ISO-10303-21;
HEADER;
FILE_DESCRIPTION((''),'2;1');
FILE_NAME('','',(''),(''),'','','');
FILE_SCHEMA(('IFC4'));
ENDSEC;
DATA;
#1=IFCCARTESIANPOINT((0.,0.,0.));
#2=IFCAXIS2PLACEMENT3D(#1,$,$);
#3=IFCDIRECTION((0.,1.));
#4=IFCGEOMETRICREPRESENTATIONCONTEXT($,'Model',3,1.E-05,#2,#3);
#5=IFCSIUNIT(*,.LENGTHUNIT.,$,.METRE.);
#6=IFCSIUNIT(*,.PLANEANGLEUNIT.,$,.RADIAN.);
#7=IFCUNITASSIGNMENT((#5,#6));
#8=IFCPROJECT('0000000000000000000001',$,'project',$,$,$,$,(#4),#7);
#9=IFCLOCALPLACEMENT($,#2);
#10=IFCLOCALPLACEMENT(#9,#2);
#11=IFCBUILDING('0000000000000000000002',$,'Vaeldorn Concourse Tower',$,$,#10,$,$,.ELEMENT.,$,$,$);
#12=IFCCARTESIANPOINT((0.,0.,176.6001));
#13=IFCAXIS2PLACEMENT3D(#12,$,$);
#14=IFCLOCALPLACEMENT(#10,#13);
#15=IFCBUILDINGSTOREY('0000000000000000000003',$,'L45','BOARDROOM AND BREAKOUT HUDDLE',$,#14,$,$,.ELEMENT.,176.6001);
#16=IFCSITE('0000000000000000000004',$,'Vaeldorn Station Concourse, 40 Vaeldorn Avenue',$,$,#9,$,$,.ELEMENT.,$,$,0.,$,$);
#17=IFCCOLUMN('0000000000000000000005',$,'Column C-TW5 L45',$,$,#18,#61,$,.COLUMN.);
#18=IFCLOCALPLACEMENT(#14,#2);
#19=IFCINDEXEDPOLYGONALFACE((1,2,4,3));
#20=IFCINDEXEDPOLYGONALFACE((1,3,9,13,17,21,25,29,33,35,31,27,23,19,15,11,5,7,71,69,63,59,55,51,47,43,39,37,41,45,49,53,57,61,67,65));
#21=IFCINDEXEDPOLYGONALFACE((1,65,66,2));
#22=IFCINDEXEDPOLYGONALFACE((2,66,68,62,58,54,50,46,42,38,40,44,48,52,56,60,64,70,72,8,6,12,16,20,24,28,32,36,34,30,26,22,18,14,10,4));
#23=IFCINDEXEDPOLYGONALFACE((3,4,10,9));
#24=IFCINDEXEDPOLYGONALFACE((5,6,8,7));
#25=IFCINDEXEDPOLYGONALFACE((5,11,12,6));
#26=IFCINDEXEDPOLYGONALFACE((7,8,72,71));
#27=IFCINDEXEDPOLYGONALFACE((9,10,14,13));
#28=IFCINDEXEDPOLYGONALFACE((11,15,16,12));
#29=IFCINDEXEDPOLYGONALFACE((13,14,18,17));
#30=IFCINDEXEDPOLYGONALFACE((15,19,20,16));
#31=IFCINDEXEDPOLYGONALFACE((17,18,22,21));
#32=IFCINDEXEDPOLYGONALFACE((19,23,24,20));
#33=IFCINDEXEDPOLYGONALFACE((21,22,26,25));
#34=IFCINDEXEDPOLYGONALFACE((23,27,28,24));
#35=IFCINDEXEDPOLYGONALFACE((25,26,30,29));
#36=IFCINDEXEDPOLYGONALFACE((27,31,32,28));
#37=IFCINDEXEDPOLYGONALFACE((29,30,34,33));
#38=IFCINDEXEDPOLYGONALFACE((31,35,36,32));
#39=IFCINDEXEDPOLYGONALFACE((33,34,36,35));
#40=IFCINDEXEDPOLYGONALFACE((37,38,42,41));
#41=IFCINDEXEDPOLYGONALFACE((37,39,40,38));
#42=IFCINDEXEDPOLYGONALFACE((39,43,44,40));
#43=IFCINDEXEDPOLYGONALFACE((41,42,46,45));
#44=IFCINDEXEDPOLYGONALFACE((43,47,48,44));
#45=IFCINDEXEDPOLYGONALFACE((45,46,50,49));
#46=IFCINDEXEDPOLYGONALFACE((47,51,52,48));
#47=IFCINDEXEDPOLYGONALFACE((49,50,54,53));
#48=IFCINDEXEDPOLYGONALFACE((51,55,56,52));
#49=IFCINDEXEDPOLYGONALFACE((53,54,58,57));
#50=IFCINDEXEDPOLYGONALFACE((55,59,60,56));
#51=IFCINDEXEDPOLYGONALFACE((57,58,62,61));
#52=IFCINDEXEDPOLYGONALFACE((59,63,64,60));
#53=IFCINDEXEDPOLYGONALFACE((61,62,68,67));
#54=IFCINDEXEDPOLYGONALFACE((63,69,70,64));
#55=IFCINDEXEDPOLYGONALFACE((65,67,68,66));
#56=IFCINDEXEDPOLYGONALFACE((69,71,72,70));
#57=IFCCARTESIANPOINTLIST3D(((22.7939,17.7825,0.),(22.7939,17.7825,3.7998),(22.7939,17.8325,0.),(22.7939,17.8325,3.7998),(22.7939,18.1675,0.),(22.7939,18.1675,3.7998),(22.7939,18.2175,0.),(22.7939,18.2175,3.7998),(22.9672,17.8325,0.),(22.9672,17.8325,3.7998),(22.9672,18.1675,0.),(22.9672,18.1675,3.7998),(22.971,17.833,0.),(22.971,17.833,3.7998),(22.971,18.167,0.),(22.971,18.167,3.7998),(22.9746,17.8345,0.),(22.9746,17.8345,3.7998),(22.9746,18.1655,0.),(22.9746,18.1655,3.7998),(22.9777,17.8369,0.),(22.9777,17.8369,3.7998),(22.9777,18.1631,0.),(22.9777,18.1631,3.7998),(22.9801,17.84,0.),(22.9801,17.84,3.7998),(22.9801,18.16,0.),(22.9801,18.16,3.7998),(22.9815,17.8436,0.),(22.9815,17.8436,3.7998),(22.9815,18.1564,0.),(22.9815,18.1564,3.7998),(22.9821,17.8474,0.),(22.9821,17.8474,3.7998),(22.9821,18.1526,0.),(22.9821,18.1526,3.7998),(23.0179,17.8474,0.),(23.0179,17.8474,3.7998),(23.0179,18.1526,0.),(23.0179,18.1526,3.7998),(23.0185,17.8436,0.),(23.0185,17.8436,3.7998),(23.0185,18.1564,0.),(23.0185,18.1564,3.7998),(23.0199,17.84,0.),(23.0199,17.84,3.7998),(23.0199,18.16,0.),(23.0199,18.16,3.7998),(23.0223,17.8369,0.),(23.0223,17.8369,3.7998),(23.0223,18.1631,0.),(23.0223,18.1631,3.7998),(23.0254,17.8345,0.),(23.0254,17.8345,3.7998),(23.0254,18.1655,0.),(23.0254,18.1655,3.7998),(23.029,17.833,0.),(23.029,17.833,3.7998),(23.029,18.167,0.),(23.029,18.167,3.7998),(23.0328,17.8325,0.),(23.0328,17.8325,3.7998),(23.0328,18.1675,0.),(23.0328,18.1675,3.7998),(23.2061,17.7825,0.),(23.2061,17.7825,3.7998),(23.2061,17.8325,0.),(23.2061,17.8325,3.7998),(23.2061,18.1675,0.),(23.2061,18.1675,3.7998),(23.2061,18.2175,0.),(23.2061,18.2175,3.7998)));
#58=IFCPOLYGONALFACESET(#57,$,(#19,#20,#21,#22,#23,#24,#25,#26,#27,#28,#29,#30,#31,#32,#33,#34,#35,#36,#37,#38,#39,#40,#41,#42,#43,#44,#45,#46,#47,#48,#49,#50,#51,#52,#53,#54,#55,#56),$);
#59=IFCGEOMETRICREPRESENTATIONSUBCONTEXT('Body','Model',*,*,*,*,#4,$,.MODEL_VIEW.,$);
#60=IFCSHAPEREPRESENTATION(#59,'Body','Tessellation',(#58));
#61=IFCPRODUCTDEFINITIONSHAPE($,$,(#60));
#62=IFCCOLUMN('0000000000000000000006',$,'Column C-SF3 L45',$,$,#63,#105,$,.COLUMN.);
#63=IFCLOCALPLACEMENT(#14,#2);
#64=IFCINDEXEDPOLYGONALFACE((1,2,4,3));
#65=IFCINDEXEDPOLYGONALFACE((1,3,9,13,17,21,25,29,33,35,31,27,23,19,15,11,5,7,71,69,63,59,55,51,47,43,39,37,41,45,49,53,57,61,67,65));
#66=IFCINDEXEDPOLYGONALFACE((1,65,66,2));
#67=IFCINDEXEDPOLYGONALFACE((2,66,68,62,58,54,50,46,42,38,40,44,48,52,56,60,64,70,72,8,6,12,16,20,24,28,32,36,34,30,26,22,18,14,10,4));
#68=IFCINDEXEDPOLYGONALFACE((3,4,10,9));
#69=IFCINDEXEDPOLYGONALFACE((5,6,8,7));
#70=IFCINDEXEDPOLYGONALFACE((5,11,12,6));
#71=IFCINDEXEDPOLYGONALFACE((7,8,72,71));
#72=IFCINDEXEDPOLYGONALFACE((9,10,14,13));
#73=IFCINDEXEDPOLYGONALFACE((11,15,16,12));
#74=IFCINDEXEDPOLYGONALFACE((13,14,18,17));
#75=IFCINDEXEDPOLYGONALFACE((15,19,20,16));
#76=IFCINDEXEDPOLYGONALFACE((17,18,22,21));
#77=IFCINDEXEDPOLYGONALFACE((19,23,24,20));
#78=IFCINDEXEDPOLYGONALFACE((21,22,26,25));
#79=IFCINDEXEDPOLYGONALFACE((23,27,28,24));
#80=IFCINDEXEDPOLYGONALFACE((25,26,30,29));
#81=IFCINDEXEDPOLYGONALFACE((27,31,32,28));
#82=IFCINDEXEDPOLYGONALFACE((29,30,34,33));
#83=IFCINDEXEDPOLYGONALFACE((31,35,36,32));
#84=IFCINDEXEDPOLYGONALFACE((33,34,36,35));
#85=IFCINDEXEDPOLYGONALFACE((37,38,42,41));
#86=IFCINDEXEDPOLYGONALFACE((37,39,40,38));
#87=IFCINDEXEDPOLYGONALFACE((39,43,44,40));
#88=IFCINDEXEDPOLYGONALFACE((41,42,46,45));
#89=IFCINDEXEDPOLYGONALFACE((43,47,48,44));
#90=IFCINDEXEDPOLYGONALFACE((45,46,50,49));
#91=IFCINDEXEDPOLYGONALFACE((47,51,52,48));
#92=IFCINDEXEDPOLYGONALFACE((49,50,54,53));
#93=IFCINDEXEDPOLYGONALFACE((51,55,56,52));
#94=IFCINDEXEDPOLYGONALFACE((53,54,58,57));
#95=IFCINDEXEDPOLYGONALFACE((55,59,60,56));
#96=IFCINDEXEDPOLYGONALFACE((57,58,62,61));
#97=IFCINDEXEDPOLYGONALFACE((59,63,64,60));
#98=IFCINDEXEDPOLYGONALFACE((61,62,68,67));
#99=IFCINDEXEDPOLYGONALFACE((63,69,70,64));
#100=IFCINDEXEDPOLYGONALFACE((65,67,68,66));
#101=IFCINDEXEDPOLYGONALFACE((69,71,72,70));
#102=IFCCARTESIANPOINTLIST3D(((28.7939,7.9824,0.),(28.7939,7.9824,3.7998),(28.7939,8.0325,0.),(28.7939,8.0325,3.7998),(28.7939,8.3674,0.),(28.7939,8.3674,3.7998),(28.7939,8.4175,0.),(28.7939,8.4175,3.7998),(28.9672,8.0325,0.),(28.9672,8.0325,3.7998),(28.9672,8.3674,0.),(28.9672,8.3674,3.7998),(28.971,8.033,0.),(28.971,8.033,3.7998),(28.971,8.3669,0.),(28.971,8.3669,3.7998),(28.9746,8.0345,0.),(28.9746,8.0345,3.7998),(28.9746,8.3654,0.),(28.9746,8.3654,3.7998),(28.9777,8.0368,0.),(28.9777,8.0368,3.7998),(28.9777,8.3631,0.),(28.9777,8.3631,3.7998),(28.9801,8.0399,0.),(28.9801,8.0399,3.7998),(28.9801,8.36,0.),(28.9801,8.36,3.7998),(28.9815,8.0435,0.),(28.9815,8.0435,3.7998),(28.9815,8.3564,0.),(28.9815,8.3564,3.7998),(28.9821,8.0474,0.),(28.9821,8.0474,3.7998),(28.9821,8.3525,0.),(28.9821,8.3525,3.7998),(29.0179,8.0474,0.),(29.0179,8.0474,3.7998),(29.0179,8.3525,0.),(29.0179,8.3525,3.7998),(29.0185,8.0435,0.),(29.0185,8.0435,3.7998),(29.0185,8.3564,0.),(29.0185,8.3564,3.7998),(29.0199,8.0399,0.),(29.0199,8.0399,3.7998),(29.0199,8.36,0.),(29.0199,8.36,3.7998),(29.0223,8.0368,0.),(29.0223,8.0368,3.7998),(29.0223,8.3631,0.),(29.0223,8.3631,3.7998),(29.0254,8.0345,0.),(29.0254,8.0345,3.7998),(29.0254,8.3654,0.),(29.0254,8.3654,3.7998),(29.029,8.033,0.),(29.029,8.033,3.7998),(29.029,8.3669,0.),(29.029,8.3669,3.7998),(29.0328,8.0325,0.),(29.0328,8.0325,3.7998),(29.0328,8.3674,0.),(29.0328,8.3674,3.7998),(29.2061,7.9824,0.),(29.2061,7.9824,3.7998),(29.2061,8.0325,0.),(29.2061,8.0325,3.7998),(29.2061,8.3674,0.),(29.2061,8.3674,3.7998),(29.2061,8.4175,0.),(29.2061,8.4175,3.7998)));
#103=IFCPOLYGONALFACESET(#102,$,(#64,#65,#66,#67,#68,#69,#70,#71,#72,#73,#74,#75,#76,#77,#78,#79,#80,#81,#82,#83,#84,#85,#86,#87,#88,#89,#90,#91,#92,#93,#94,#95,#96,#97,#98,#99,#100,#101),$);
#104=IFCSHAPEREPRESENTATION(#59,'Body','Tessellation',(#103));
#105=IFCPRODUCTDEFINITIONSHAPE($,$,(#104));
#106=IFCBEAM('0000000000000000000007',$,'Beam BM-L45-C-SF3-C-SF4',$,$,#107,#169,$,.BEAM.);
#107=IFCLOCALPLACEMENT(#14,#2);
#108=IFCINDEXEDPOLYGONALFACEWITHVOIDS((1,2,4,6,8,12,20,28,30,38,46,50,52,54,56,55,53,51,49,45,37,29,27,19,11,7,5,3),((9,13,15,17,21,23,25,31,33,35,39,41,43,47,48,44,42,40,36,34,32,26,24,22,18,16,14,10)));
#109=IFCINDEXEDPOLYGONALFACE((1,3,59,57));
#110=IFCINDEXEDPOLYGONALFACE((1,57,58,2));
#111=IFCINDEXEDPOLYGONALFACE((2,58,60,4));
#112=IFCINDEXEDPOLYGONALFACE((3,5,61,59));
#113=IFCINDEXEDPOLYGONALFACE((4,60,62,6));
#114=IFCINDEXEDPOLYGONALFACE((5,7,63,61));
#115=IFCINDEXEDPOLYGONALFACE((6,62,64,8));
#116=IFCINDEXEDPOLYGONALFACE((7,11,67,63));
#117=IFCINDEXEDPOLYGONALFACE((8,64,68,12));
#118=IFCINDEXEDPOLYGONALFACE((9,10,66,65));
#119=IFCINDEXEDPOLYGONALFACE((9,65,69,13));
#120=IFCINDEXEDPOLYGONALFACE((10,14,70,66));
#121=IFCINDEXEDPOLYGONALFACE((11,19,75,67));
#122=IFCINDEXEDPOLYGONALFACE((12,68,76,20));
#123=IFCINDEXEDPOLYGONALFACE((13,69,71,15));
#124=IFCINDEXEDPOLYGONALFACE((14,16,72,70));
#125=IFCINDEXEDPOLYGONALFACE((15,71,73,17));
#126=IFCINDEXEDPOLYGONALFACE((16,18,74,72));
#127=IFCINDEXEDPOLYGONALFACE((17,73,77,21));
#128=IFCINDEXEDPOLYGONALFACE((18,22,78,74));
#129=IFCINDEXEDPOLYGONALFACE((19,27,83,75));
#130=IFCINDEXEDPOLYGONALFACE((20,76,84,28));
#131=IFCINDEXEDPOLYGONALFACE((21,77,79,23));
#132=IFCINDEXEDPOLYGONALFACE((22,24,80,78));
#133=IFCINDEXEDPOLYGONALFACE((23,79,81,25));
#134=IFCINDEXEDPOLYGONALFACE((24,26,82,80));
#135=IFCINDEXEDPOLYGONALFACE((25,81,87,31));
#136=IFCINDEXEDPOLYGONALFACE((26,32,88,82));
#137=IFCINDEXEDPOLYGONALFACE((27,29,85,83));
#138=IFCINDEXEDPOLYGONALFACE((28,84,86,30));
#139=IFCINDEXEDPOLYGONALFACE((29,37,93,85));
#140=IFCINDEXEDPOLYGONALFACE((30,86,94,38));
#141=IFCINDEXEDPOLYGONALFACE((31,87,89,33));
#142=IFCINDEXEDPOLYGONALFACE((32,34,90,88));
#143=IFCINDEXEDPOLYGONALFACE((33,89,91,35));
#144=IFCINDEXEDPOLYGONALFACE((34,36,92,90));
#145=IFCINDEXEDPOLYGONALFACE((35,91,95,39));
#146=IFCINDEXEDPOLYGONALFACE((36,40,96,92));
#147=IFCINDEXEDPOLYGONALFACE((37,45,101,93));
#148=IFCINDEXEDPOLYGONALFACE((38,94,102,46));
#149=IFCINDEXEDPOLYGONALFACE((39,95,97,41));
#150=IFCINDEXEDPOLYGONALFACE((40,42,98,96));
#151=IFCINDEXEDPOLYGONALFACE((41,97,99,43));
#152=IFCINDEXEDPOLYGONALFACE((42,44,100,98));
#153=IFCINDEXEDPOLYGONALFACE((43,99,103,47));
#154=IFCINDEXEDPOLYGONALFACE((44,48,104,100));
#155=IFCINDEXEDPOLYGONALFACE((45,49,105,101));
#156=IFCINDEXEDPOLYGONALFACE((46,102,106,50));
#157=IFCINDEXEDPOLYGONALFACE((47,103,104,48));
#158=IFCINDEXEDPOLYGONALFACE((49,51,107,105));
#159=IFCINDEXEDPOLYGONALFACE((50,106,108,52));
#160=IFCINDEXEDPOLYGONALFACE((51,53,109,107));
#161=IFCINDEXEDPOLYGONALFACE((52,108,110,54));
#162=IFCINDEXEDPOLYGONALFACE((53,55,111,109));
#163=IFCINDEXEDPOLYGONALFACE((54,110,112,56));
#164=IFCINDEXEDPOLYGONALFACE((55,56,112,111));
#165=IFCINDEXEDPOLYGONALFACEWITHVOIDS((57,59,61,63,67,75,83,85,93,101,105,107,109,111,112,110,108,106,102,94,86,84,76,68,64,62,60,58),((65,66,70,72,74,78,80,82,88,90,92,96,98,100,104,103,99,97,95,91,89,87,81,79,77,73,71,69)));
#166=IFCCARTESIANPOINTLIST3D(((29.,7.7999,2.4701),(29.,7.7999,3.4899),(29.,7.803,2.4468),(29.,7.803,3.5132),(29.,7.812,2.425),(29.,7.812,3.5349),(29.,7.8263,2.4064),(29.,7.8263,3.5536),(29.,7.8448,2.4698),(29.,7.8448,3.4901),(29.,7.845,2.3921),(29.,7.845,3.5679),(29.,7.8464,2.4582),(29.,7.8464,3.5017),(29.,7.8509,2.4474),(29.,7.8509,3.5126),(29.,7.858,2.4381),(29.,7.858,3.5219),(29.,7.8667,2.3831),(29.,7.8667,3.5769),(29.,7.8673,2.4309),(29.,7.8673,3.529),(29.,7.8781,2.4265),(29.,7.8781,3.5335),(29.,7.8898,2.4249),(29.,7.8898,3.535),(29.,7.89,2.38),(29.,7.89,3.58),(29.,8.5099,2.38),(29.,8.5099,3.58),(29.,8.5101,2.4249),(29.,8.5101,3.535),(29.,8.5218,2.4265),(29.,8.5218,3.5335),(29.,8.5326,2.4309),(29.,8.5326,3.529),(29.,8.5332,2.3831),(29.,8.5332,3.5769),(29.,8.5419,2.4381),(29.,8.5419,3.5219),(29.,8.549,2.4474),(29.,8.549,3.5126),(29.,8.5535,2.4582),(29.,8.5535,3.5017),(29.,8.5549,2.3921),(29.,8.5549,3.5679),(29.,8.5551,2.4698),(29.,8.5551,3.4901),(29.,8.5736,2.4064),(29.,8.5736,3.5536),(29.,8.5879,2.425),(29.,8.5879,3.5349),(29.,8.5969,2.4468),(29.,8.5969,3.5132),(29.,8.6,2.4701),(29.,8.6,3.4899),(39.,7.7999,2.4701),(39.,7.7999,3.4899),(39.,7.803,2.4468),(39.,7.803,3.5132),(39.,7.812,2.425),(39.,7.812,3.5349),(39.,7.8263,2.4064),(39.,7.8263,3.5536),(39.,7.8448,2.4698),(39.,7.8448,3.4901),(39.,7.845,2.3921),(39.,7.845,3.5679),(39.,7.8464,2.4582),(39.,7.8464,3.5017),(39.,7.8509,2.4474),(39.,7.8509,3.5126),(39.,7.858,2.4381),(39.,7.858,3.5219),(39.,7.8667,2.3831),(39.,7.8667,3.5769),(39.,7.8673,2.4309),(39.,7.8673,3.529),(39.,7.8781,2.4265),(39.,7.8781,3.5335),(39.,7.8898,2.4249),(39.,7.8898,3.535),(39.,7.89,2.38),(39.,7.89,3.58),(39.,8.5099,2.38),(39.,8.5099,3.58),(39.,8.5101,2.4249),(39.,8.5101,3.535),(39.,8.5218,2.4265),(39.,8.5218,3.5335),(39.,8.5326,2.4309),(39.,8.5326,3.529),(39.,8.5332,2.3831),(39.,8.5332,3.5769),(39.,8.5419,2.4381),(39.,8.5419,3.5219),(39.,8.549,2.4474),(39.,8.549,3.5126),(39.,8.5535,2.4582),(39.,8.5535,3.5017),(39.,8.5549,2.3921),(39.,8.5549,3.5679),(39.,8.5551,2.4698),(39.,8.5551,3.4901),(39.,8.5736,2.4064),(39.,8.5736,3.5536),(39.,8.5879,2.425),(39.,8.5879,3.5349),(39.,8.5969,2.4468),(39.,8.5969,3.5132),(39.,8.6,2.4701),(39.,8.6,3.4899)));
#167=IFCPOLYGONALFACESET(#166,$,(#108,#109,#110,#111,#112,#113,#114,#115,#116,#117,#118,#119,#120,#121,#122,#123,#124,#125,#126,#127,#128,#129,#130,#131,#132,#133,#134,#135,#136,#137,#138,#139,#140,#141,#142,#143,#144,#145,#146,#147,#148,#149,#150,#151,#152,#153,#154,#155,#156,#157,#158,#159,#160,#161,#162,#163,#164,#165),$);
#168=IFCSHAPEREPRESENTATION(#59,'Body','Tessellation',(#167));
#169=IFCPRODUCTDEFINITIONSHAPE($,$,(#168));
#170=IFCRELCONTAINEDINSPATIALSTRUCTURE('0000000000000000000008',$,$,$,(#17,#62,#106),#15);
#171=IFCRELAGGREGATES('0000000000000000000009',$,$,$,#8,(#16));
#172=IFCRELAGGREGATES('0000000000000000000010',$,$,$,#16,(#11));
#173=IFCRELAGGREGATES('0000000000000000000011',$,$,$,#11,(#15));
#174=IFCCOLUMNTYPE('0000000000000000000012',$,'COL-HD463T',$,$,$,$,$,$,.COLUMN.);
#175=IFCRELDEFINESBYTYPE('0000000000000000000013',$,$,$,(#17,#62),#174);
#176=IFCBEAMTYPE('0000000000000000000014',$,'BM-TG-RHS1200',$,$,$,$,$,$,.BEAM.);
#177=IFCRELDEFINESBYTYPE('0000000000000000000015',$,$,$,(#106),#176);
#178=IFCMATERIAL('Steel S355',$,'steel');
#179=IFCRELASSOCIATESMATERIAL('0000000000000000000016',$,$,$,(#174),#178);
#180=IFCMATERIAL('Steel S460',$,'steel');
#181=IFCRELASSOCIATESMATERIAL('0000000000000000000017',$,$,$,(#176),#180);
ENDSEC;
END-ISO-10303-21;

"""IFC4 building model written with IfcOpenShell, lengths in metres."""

from ifc_helpers import new_model, si_unit, direction, frame, origin, origin_2d, place, context, subcontext, project, spatial, hollow_rectangle, i_section, extrude, source, transform, mapped, material, material_profile, profile_set, type_object, element, save


model = new_model("IFC4")

# Units and contexts
model_context = context("Model", 3, precision=1e-05, world=origin(), true_north=direction((0.0, 1.0)))
body_context = subcontext(model_context, "Body", "Model", "MODEL_VIEW")
ifc_project = project(units=[si_unit("LENGTHUNIT", "METRE"), si_unit("PLANEANGLEUNIT", "RADIAN")], contexts=[model_context])

# Site, building, storey
site_placement = place(None, origin())
site = spatial("IfcSite", under=ifc_project, at=site_placement, Name="Vaeldorn Station Concourse, 40 Vaeldorn Avenue", CompositionType="ELEMENT", RefElevation=0.0)
building_placement = place(site_placement, origin())
building = spatial("IfcBuilding", under=site, at=building_placement, Name="Vaeldorn Concourse Tower", CompositionType="ELEMENT")
storey_placement = place(building_placement, frame((0.0, 0.0, 176.6001)))
storey = spatial("IfcBuildingStorey", under=building, at=storey_placement, Name="L45", Description="BOARDROOM AND BREAKOUT HUDDLE", CompositionType="ELEMENT", Elevation=176.6001)

# Columns
ifc_material_1 = material(Name="Steel S355", Category="steel")
ifc_material_profile_1 = material_profile(ifc_material_1, i_section(OverallWidth=0.4121, OverallDepth=0.4351, WebThickness=0.0359, FlangeThickness=0.05, FilletRadius=0.0149, at=origin_2d()), Name="HD 400x463")
ifc_profile_set_1 = profile_set([ifc_material_profile_1], Name="Steel S355")
column_type = type_object("IfcColumnType", Name="COL-HD463T", PredefinedType="COLUMN", material=ifc_profile_set_1)
shared_shape_1 = source(origin(), body_context, "Body", "SweptSolid", [
    extrude(i_section(OverallWidth=0.4121, OverallDepth=0.4351, WebThickness=0.0359, FlangeThickness=0.05, FilletRadius=0.0149, at=origin_2d()), origin(), (0.0, 0.0, 1.0), 3.7998),
])
for number, where, z_axis, x_axis, name in (
    (1, (23.0, 18.0, 0.0), (0.0, 0.0, 1.0), (1.0, 0.0, 0.0), "Column C-TW5 L45"),
    (2, (29.0, 8.2, 0.0), (0.0, 0.0, 1.0), (1.0, 0.0, 0.0), "Column C-SF3 L45"),
):
    element("IfcColumn", number, at=place(storey_placement, frame(where, z_axis=z_axis, x_axis=x_axis)), inside=storey, type_object=column_type, Name=name, PredefinedType="COLUMN", context=body_context, shape_type="MappedRepresentation", body=[
        mapped(shared_shape_1, transform((0.0, 0.0, 0.0), scale=1.0)),
    ])

# Beam
ifc_material_2 = material(Name="Steel S460", Category="steel")
ifc_material_profile_2 = material_profile(ifc_material_2, hollow_rectangle(XDim=0.8, YDim=1.2, WallThickness=0.0449, InnerFilletRadius=0.0449, OuterFilletRadius=0.0901, at=origin_2d()), Name="RHS 1200x800x45")
ifc_profile_set_2 = profile_set([ifc_material_profile_2], Name="Steel S460")
beam_type_1 = type_object("IfcBeamType", Name="BM-TG-RHS1200", PredefinedType="BEAM", material=ifc_profile_set_2)
shared_shape_2 = source(origin(), body_context, "Body", "SweptSolid", [
    extrude(hollow_rectangle(XDim=0.8, YDim=1.2, WallThickness=0.0449, InnerFilletRadius=0.0449, OuterFilletRadius=0.0901, at=origin_2d()), origin(), (0.0, 0.0, 1.0), 10.0),
])
beam_1_placement = place(storey_placement, frame((29.0, 8.2, 2.98), z_axis=(1.0, 0.0, 0.0), x_axis=(0.0, 1.0, 0.0)))
element("IfcBeam", 3, at=beam_1_placement, inside=storey, type_object=beam_type_1, Name="Beam BM-L45-C-SF3-C-SF4", PredefinedType="BEAM", context=body_context, shape_type="MappedRepresentation", body=[
    mapped(shared_shape_2, transform((0.0, 0.0, 0.0), scale=1.0)),
])

save(model, "model.ifc")
